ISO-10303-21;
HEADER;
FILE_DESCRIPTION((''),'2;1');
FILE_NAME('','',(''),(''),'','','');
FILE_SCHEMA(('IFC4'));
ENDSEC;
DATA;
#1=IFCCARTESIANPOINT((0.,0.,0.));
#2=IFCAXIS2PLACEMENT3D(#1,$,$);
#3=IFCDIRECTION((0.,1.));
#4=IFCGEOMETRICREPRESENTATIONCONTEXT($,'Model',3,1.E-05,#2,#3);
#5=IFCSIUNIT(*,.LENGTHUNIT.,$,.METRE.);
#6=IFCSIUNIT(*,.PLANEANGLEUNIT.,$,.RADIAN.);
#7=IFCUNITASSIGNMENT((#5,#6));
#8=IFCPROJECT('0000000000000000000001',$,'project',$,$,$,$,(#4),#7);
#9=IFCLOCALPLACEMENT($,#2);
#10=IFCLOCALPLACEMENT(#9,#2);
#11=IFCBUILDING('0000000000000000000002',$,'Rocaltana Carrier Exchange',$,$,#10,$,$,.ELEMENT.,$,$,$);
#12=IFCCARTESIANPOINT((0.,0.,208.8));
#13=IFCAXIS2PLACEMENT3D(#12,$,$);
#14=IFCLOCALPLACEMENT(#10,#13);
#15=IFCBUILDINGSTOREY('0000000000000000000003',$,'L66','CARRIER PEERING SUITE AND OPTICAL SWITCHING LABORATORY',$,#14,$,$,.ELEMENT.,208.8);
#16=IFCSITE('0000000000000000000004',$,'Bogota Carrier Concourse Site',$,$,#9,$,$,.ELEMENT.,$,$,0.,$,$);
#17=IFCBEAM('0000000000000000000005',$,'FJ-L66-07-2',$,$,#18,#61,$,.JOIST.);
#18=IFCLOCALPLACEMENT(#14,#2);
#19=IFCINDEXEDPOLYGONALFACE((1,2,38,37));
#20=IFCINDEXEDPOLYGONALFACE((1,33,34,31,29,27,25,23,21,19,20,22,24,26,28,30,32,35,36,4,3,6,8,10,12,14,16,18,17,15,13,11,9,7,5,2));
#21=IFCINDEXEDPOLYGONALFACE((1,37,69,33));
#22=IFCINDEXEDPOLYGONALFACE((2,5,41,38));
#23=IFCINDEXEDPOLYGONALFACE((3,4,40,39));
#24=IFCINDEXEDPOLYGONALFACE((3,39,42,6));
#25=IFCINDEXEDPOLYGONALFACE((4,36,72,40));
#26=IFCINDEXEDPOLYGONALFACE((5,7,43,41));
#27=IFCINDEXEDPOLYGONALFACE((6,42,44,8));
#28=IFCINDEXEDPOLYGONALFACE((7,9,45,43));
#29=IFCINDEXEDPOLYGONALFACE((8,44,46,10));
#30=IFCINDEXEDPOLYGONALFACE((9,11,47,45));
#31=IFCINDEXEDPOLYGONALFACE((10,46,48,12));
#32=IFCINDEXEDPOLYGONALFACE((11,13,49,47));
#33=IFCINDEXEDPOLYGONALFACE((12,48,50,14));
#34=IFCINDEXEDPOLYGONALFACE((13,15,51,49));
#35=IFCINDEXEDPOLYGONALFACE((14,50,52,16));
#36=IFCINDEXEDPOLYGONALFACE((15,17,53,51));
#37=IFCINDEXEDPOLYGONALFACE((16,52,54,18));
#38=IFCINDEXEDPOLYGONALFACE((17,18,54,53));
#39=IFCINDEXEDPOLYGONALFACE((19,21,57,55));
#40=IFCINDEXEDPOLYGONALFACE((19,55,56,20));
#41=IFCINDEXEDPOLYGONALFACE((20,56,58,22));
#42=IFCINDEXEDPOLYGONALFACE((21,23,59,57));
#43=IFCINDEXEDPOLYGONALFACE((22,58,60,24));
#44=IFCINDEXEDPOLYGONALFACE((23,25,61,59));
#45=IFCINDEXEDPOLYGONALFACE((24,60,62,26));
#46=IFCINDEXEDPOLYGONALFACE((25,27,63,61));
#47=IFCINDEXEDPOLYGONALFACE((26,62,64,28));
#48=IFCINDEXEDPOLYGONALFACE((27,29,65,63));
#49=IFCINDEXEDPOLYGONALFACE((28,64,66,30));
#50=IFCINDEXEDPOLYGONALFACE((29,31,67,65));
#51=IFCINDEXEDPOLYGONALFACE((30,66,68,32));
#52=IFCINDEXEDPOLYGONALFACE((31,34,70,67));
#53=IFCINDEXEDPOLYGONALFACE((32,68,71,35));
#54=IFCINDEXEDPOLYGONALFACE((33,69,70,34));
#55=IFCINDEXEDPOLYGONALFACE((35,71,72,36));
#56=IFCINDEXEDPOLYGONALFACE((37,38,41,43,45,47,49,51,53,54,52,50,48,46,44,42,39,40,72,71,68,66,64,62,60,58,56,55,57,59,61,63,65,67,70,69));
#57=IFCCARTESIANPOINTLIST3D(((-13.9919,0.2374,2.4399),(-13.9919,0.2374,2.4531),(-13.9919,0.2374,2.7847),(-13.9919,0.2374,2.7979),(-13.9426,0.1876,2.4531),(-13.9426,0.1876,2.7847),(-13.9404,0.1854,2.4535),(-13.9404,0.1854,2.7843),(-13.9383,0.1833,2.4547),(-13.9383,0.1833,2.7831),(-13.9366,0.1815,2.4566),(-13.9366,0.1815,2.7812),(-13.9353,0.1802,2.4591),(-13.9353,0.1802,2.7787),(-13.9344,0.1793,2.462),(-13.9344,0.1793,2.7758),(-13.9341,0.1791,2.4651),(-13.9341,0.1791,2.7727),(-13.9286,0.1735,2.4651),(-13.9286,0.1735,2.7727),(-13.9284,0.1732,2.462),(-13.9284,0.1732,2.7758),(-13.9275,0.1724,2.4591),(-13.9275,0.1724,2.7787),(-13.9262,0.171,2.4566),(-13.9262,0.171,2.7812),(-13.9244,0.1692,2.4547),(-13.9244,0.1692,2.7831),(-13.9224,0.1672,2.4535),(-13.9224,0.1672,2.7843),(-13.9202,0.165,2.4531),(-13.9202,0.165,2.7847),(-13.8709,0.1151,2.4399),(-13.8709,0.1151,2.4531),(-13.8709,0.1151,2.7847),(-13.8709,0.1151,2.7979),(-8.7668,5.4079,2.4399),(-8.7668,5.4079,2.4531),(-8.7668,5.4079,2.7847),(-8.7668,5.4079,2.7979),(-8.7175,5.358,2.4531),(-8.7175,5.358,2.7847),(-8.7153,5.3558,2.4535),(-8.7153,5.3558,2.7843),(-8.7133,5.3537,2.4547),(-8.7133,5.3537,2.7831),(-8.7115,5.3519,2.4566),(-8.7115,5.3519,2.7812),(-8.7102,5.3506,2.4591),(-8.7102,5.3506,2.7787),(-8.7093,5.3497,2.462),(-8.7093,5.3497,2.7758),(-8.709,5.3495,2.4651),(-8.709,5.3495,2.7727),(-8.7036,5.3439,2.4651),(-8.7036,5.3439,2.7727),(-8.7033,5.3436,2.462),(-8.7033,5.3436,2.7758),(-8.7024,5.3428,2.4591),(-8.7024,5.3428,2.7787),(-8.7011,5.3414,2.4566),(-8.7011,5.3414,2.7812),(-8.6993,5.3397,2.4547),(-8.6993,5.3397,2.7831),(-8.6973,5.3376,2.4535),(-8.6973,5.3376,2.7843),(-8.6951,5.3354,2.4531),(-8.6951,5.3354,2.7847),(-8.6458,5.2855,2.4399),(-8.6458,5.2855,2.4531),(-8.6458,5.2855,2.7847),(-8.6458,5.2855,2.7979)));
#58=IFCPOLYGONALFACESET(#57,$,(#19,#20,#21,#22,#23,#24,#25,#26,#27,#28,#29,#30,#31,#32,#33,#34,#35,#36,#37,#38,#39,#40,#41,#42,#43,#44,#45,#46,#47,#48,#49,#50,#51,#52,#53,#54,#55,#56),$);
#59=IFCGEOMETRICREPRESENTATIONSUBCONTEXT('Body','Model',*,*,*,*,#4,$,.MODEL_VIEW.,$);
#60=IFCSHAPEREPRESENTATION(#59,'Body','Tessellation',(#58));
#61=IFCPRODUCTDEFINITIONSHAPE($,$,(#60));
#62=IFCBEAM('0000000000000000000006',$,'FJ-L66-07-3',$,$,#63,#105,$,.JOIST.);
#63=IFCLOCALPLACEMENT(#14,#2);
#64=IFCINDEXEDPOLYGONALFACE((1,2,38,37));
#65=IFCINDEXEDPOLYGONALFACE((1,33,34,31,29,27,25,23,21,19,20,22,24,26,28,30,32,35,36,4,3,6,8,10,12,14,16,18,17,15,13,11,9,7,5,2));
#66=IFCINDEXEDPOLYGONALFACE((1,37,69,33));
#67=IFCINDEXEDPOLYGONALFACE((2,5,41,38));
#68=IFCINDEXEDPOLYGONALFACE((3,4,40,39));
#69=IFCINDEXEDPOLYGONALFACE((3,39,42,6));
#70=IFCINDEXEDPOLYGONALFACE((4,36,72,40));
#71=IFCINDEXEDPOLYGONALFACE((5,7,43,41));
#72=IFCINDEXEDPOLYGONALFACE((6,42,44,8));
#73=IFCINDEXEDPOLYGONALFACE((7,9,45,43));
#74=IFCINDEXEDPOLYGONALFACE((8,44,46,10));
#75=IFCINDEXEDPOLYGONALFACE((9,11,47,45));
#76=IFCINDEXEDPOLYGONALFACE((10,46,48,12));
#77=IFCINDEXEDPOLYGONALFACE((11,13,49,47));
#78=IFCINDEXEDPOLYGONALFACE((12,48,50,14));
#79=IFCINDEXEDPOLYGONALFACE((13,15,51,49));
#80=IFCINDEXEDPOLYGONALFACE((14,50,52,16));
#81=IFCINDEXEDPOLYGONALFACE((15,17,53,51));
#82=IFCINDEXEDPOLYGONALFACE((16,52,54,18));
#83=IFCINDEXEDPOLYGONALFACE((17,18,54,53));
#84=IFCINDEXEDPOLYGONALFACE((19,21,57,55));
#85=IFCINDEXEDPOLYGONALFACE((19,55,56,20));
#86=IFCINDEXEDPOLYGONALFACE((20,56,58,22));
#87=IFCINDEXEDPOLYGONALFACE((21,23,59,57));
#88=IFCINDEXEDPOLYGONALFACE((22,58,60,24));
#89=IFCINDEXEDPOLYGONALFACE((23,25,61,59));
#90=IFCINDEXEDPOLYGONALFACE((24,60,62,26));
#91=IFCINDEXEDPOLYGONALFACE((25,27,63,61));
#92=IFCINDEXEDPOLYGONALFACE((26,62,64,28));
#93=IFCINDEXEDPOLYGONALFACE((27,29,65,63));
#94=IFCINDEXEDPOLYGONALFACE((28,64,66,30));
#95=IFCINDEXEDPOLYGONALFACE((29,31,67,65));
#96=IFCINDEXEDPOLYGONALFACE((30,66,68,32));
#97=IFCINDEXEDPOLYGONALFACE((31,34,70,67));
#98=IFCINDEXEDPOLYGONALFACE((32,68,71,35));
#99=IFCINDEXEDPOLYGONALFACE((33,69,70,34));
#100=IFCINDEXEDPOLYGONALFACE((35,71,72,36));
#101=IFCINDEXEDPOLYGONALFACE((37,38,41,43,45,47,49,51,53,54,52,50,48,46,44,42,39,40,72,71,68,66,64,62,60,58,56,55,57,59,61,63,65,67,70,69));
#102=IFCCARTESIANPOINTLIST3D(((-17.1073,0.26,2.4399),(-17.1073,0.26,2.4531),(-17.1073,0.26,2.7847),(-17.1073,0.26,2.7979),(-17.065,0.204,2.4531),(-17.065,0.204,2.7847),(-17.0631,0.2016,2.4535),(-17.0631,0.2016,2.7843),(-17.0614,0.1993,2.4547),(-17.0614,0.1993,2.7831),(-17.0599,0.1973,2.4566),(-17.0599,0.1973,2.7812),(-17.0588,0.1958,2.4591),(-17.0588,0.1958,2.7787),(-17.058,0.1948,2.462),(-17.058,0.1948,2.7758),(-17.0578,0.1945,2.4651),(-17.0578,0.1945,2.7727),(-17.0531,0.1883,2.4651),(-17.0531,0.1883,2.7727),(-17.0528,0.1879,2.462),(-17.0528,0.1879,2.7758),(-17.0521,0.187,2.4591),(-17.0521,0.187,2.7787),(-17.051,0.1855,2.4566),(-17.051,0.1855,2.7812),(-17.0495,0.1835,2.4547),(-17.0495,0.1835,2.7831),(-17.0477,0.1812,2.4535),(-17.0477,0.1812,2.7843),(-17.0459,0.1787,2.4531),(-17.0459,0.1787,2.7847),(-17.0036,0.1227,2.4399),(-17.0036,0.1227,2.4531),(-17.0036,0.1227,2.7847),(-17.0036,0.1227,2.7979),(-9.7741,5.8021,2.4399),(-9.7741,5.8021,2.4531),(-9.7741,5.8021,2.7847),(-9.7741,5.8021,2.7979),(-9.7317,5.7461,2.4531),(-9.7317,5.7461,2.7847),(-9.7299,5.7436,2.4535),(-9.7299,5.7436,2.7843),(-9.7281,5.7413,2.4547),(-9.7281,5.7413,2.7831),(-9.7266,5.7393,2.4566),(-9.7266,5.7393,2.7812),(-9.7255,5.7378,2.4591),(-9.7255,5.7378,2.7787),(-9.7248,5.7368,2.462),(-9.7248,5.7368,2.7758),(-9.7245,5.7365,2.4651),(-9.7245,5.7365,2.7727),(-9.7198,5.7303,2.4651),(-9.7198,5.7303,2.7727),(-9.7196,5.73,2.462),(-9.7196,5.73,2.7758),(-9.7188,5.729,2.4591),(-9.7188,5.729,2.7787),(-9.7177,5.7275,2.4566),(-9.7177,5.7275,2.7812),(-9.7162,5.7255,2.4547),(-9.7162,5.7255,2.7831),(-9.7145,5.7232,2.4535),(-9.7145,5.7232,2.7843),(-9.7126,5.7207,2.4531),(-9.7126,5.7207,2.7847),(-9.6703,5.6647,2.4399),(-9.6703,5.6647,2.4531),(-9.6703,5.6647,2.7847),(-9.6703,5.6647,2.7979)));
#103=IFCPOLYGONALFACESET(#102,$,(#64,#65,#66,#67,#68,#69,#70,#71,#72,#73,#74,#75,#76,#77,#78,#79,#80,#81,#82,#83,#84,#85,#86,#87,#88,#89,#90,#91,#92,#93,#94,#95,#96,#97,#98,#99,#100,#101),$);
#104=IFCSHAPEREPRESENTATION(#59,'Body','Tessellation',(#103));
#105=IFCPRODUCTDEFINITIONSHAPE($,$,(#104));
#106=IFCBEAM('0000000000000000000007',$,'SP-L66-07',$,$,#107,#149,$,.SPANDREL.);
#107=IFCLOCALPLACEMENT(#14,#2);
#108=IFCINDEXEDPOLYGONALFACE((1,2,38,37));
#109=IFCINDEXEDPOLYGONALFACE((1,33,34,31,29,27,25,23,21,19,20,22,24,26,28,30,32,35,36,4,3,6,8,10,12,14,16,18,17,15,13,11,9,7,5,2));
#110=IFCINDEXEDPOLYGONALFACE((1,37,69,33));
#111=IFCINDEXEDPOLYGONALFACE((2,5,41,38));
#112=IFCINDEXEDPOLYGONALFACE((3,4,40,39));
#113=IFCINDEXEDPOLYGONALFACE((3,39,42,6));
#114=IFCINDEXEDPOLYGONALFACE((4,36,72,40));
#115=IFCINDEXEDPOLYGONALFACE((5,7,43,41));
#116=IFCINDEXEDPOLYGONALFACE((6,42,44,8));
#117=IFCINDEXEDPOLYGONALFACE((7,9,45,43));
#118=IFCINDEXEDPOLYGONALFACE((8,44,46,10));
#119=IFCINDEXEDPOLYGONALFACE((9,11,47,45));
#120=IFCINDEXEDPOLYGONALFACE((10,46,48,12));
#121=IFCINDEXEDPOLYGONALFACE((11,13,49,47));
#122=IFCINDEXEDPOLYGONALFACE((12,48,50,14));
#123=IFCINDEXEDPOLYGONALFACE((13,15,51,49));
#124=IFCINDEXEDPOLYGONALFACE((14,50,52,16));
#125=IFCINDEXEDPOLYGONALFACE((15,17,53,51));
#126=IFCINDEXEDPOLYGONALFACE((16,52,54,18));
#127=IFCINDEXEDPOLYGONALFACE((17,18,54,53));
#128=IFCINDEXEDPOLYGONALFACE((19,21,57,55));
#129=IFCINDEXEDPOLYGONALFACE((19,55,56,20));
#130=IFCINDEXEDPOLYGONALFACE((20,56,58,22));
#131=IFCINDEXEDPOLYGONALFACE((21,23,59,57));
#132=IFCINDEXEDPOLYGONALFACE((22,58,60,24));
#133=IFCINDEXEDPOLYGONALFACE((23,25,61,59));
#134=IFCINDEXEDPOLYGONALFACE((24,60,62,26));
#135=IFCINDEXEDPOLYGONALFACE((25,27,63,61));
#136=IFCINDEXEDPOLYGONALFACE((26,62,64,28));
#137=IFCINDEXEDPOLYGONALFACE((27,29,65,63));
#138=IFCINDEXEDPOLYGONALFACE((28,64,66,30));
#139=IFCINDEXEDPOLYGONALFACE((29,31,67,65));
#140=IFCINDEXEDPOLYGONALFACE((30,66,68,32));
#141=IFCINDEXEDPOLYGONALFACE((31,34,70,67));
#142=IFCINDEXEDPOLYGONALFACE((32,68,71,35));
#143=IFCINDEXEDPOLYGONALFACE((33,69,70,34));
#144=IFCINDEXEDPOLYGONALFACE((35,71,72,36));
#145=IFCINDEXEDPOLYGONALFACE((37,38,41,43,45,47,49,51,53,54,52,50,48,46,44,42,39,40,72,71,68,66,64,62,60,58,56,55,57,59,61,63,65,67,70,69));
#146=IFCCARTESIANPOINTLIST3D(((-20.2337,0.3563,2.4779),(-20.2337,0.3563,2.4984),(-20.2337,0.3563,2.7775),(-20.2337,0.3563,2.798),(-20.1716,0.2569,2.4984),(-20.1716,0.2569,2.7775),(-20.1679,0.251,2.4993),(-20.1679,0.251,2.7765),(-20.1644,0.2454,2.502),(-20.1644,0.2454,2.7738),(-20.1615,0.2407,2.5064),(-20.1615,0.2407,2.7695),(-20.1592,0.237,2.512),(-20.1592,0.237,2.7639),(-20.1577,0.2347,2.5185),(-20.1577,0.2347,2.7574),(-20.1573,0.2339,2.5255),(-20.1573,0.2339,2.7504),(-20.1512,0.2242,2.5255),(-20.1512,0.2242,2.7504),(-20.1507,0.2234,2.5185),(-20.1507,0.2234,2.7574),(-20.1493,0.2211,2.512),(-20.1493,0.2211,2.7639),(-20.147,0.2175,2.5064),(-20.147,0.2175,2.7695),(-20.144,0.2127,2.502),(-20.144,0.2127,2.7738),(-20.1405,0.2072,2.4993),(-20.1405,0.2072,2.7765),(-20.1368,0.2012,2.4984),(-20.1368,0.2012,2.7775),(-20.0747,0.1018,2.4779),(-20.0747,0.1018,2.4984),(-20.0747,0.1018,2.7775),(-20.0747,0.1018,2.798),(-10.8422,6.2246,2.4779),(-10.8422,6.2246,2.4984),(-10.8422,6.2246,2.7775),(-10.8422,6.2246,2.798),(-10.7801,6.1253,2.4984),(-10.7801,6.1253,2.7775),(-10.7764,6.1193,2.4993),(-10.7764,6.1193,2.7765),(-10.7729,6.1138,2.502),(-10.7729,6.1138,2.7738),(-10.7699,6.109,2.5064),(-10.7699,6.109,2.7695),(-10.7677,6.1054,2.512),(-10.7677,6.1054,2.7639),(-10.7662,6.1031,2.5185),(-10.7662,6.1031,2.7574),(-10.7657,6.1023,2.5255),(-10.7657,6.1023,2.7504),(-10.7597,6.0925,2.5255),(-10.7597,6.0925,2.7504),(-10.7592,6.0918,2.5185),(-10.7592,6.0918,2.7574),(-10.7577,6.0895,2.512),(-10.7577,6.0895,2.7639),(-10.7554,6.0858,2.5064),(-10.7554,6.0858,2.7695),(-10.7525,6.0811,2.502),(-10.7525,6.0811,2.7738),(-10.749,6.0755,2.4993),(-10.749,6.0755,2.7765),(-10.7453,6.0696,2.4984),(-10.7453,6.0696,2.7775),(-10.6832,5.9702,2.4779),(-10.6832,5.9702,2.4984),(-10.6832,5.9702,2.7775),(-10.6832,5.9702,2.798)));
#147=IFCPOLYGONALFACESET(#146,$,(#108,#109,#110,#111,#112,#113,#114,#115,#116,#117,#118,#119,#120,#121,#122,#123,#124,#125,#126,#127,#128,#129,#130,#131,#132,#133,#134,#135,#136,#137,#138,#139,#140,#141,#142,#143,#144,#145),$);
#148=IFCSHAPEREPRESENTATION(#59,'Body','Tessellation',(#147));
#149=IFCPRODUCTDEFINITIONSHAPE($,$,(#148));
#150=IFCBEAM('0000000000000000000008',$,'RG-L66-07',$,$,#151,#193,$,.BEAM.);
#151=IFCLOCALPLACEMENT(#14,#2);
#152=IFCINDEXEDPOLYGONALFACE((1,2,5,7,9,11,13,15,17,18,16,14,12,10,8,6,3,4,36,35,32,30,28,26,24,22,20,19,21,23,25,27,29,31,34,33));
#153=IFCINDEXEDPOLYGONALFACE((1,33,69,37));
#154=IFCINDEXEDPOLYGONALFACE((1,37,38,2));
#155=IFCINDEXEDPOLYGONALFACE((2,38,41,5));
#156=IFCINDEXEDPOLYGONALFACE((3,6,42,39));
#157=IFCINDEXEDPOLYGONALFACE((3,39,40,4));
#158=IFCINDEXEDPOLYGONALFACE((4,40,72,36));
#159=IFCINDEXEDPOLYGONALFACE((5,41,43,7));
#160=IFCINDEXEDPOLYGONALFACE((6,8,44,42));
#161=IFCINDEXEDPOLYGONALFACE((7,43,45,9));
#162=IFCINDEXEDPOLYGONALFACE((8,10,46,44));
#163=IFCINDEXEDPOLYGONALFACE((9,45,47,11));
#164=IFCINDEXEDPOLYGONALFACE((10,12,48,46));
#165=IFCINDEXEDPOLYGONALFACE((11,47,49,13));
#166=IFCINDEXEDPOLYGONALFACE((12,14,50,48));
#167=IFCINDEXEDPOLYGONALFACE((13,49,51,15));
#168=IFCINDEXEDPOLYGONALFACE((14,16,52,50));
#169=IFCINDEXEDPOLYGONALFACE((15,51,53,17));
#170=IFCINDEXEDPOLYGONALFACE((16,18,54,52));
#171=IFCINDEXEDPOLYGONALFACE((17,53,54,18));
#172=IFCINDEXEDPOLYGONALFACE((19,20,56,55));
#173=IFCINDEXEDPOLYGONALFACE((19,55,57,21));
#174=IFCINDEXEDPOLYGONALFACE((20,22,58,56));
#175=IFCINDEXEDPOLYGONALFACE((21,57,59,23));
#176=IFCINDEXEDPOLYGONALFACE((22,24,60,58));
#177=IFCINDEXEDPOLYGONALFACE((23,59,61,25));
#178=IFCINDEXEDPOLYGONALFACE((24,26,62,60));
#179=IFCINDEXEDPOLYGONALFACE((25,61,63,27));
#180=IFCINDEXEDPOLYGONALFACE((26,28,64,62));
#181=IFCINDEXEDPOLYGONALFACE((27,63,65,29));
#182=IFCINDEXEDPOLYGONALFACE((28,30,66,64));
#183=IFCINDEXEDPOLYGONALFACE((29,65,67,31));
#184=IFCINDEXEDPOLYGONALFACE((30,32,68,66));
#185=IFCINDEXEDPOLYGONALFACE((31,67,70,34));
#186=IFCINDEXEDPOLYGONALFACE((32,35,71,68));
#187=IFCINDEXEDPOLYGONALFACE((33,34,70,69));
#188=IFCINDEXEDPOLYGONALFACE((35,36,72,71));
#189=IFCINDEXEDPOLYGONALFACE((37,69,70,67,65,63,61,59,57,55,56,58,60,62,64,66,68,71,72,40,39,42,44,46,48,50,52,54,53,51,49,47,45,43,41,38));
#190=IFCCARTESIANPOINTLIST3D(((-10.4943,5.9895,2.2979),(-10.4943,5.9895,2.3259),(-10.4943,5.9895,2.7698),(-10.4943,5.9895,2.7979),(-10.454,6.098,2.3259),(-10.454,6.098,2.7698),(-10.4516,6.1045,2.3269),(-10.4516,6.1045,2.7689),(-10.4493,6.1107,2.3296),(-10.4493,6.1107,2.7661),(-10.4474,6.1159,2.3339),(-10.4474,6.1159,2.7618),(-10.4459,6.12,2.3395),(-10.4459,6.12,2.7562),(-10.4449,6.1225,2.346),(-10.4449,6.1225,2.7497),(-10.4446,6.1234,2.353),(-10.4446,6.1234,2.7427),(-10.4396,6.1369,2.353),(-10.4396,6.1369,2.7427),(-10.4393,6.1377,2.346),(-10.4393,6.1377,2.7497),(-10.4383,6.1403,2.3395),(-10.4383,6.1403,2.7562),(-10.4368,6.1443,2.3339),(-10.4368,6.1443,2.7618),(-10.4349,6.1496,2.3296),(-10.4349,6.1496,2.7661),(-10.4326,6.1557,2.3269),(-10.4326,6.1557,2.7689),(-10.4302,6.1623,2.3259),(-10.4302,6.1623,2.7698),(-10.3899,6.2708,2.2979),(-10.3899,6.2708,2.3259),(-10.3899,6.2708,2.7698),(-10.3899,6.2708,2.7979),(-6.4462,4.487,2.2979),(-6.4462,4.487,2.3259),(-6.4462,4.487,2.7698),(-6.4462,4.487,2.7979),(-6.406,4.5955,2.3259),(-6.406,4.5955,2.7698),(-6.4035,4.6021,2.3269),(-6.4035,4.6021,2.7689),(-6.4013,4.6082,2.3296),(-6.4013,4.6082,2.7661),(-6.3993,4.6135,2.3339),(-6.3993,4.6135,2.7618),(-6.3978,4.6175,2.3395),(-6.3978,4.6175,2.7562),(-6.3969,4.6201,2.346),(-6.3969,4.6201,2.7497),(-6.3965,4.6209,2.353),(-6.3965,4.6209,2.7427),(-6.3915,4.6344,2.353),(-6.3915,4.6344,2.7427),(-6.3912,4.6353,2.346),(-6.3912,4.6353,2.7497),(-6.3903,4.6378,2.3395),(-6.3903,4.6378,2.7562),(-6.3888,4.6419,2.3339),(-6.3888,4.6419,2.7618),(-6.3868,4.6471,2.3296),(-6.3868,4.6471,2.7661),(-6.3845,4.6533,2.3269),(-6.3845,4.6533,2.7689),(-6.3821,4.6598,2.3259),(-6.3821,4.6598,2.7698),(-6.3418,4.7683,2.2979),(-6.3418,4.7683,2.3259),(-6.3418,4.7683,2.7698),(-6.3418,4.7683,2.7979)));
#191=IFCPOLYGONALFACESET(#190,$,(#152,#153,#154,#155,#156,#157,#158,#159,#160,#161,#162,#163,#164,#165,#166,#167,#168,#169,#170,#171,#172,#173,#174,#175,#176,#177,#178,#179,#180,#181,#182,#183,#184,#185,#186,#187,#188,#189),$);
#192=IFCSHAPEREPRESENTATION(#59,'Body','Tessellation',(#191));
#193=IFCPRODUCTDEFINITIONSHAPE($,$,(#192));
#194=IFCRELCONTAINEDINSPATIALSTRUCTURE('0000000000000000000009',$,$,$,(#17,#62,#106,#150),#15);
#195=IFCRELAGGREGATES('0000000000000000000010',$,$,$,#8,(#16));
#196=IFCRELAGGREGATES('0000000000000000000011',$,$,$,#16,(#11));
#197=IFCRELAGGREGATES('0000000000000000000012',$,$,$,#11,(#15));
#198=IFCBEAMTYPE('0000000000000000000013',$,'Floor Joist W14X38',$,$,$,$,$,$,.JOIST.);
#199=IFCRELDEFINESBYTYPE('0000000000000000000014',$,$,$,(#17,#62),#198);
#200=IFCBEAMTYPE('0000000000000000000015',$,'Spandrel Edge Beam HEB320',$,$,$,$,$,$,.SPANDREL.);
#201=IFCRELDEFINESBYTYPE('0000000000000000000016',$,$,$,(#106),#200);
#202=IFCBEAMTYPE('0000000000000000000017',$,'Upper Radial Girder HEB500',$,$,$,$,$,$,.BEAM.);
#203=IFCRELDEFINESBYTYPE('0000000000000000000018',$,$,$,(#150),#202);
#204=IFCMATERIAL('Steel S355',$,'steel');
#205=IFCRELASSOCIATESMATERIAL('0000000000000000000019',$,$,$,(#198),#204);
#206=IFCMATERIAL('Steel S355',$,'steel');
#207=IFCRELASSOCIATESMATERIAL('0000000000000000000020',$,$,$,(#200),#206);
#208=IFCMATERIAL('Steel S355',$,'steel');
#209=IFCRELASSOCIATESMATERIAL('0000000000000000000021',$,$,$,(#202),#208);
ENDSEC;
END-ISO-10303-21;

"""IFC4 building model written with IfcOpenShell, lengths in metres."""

from ifc_helpers import new_model, si_unit, direction, frame, origin, origin_2d, place, context, subcontext, project, spatial, i_section, extrude, material, material_profile, profile_set, type_object, element, save


model = new_model("IFC4")

# Units and contexts
model_context = context("Model", 3, precision=1e-05, world=origin(), true_north=direction((0.0, 1.0)))
body_context = subcontext(model_context, "Body", "Model", "MODEL_VIEW")
ifc_project = project(units=[si_unit("LENGTHUNIT", "METRE"), si_unit("PLANEANGLEUNIT", "RADIAN")], contexts=[model_context])

# Site, building, storey
site_placement = place(None, origin())
site = spatial("IfcSite", under=ifc_project, at=site_placement, Name="Bogota Carrier Concourse Site", CompositionType="ELEMENT", RefElevation=0.0)
building_placement = place(site_placement, origin())
building = spatial("IfcBuilding", under=site, at=building_placement, Name="Rocaltana Carrier Exchange", CompositionType="ELEMENT")
storey_placement = place(building_placement, frame((0.0, 0.0, 208.8)))
storey = spatial("IfcBuildingStorey", under=building, at=storey_placement, Name="L66", Description="CARRIER PEERING SUITE AND OPTICAL SWITCHING LABORATORY", CompositionType="ELEMENT", Elevation=208.8)

# Beams
ifc_material_1 = material(Name="Steel S355", Category="steel")
ifc_material_profile_1 = material_profile(ifc_material_1, i_section(OverallWidth=0.1721, OverallDepth=0.3579, WebThickness=0.0078, FlangeThickness=0.0132, FilletRadius=0.012, at=origin_2d()), Name="W14X38")
ifc_profile_set_1 = profile_set([ifc_material_profile_1], Name="Steel S355")
beam_type_1 = type_object("IfcBeamType", Name="Floor Joist W14X38", PredefinedType="JOIST", material=ifc_profile_set_1)
beam_1_placement = place(storey_placement, frame((-8.7063, 5.3467, 2.6189), z_axis=(-0.710817, -0.703377, 0.0), x_axis=(0.703377, -0.710817, 0.0)))
element("IfcBeam", 1, at=beam_1_placement, inside=storey, type_object=beam_type_1, Name="FJ-L66-07-2", PredefinedType="JOIST", context=body_context, shape_type="SweptSolid", body=[
    extrude(i_section(OverallWidth=0.1721, OverallDepth=0.3579, WebThickness=0.0078, FlangeThickness=0.0132, FilletRadius=0.012, at=origin_2d()), origin(), (0.0, 0.0, 1.0), 7.3508),
])
beam_2_placement = place(storey_placement, frame((-9.7222, 5.7334, 2.6189), z_axis=(-0.797799, -0.602924, 0.0), x_axis=(0.602924, -0.797799, 0.0)))
element("IfcBeam", 2, at=beam_2_placement, inside=storey, type_object=beam_type_1, Name="FJ-L66-07-3", PredefinedType="JOIST", context=body_context, shape_type="SweptSolid", body=[
    extrude(i_section(OverallWidth=0.1721, OverallDepth=0.3579, WebThickness=0.0078, FlangeThickness=0.0132, FilletRadius=0.012, at=origin_2d()), origin(), (0.0, 0.0, 1.0), 9.1919),
])
ifc_material_2 = material(Name="Steel S355", Category="steel")
ifc_material_profile_2 = material_profile(ifc_material_2, i_section(OverallWidth=0.3, OverallDepth=0.3201, WebThickness=0.0115, FlangeThickness=0.0205, FilletRadius=0.0271, at=origin_2d()), Name="HEB320")
ifc_profile_set_2 = profile_set([ifc_material_profile_2], Name="Steel S355")
beam_type_2 = type_object("IfcBeamType", Name="Spandrel Edge Beam HEB320", PredefinedType="SPANDREL", material=ifc_profile_set_2)
beam_3_placement = place(storey_placement, frame((-10.7627, 6.0974, 2.6379), z_axis=(-0.848053, -0.529912, 0.0), x_axis=(0.529912, -0.848053, 0.0)))
element("IfcBeam", 3, at=beam_3_placement, inside=storey, type_object=beam_type_2, Name="SP-L66-07", PredefinedType="SPANDREL", context=body_context, shape_type="SweptSolid", body=[
    extrude(i_section(OverallWidth=0.3, OverallDepth=0.3201, WebThickness=0.0115, FlangeThickness=0.0205, FilletRadius=0.0271, at=origin_2d()), origin(), (0.0, 0.0, 1.0), 11.0742),
])
ifc_material_3 = material(Name="Steel S355", Category="steel")
ifc_material_profile_3 = material_profile(ifc_material_3, i_section(OverallWidth=0.3, OverallDepth=0.5, WebThickness=0.0144, FlangeThickness=0.0281, FilletRadius=0.0271, at=origin_2d()), Name="HEB500")
ifc_profile_set_3 = profile_set([ifc_material_profile_3], Name="Steel S355")
beam_type_3 = type_object("IfcBeamType", Name="Upper Radial Girder HEB500", PredefinedType="BEAM", material=ifc_profile_set_3)
beam_4_placement = place(storey_placement, frame((-6.394, 4.6277, 2.5479), z_axis=(-0.937511, 0.347955, 0.0), x_axis=(-0.347955, -0.937511, 0.0)))
element("IfcBeam", 4, at=beam_4_placement, inside=storey, type_object=beam_type_3, Name="RG-L66-07", PredefinedType="BEAM", context=body_context, shape_type="SweptSolid", body=[
    extrude(i_section(OverallWidth=0.3, OverallDepth=0.5, WebThickness=0.0144, FlangeThickness=0.0281, FilletRadius=0.0271, at=origin_2d()), origin(), (0.0, 0.0, 1.0), 4.3179),
])

save(model, "model.ifc")
